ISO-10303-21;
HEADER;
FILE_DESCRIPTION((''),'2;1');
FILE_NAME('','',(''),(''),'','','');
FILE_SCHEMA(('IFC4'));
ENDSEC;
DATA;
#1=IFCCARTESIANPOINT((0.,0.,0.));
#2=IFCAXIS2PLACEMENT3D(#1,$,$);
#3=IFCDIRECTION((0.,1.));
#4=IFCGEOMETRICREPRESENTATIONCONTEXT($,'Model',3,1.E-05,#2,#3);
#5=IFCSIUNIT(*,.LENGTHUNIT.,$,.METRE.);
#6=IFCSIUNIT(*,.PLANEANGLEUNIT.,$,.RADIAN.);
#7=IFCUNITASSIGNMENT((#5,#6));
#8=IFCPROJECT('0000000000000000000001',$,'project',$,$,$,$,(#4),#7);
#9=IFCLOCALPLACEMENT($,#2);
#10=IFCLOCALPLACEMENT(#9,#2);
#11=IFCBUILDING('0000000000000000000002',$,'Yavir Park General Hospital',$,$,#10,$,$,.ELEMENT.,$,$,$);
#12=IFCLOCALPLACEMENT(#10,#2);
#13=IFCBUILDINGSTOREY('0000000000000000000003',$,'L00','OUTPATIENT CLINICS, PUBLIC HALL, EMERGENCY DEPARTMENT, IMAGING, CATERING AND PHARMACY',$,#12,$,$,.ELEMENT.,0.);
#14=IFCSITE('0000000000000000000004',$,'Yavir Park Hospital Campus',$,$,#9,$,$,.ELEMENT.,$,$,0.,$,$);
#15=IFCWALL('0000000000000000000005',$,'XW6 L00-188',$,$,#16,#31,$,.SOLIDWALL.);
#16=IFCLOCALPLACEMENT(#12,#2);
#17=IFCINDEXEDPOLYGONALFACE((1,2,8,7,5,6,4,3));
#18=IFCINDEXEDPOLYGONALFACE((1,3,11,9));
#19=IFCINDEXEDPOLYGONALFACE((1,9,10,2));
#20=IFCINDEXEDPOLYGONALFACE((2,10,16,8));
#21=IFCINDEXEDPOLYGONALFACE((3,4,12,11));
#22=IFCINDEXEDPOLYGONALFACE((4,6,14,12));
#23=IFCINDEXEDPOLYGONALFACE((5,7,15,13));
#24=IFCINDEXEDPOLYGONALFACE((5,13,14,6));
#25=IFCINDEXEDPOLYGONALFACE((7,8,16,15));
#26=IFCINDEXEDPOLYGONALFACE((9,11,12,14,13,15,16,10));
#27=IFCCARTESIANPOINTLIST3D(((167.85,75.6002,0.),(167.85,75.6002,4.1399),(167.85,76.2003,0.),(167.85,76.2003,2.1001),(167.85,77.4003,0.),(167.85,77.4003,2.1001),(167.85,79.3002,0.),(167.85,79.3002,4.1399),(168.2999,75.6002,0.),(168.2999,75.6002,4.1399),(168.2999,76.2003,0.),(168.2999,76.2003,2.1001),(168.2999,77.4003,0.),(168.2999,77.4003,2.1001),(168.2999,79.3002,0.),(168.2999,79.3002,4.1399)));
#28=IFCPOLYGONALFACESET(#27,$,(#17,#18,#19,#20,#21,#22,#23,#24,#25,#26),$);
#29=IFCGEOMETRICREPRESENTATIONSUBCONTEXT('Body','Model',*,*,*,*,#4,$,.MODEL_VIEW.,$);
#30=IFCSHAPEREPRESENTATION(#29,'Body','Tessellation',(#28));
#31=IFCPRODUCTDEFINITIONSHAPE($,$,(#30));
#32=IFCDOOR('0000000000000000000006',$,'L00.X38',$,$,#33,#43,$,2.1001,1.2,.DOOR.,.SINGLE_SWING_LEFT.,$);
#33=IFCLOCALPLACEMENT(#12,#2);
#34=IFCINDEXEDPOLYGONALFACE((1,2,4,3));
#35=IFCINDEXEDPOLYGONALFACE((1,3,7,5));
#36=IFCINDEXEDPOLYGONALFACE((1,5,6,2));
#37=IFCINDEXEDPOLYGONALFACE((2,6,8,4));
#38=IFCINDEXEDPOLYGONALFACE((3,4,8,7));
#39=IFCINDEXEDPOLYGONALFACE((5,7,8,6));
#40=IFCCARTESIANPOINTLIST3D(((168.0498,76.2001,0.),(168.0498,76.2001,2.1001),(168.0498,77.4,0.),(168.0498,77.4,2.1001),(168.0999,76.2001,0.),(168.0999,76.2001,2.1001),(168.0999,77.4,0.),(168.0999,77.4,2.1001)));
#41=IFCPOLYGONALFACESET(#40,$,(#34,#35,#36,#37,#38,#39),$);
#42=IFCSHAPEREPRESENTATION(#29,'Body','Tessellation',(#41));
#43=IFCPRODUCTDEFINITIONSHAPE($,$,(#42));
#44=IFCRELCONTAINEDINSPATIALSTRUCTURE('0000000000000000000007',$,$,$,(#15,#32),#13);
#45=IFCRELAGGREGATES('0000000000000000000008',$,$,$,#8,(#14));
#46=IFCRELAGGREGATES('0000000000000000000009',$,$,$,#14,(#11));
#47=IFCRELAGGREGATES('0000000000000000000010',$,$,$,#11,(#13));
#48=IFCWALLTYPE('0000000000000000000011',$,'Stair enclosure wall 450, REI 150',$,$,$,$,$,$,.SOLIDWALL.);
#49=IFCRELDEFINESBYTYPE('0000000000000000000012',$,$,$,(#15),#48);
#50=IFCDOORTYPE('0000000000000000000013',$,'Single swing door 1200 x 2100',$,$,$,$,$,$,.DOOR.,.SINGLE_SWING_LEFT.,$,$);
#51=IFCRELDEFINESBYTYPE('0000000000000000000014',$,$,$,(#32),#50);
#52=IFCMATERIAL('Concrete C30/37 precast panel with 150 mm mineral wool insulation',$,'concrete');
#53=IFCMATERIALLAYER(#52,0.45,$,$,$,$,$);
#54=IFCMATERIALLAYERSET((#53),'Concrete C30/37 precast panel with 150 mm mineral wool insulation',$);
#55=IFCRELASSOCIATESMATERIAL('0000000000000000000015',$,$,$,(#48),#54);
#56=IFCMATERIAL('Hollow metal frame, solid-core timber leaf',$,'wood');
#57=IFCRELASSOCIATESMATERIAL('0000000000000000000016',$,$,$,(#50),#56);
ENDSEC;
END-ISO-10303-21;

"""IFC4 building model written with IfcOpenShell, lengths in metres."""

from ifc_helpers import new_model, si_unit, direction, frame, frame_2d, origin, place, context, subcontext, project, spatial, rectangle, extrude, material, layer, layer_set, type_object, element, fill, save


model = new_model("IFC4")

# Units and contexts
model_context = context("Model", 3, precision=1e-05, world=origin(), true_north=direction((0.0, 1.0)))
body_context = subcontext(model_context, "Body", "Model", "MODEL_VIEW")
ifc_project = project(units=[si_unit("LENGTHUNIT", "METRE"), si_unit("PLANEANGLEUNIT", "RADIAN")], contexts=[model_context])

# Site, building, storey
site_placement = place(None, origin())
site = spatial("IfcSite", under=ifc_project, at=site_placement, Name="Yavir Park Hospital Campus", CompositionType="ELEMENT", RefElevation=0.0)
building_placement = place(site_placement, origin())
building = spatial("IfcBuilding", under=site, at=building_placement, Name="Yavir Park General Hospital", CompositionType="ELEMENT")
storey_placement = place(building_placement, origin())
storey = spatial("IfcBuildingStorey", under=building, at=storey_placement, Name="L00", Description="OUTPATIENT CLINICS, PUBLIC HALL, EMERGENCY DEPARTMENT, IMAGING, CATERING AND PHARMACY", CompositionType="ELEMENT", Elevation=0.0)

# Wall, opening, door
ifc_material_1 = material(Name="Concrete C30/37 precast panel with 150 mm mineral wool insulation", Category="concrete")
ifc_layer_1 = layer(ifc_material_1, 0.45)
ifc_layer_set_1 = layer_set([ifc_layer_1], Name="Concrete C30/37 precast panel with 150 mm mineral wool insulation")
wall_type = type_object("IfcWallType", Name="Stair enclosure wall 450, REI 150", PredefinedType="SOLIDWALL", material=ifc_layer_set_1)
wall_placement = place(storey_placement, frame((168.075, 75.6001, 0.0), z_axis=(0.0, 0.0, 1.0), x_axis=(0.0, 1.0, 0.0)))
wall = element("IfcWall", 1, at=wall_placement, inside=storey, type_object=wall_type, Name="XW6 L00-188", PredefinedType="SOLIDWALL", context=body_context, shape_type="SweptSolid", body=[
    extrude(rectangle(XDim=3.7, YDim=0.45, at=frame_2d((1.8501, 0.0))), origin(), (0.0, 0.0, 1.0), 4.1399),
])
opening_placement = place(wall_placement, frame((0.6001, 0.0, 0.0)))
opening = element("IfcOpeningElement", 2, at=opening_placement, cuts=wall, PredefinedType="OPENING", context=body_context, shape_type="SweptSolid", body=[
    extrude(rectangle(XDim=1.2, YDim=2.1001, at=frame_2d((0.6001, 1.05))), frame((0.0, 0.2349, 0.0), z_axis=(0.0, -1.0, 0.0), x_axis=(1.0, 0.0, 0.0)), (0.0, 0.0, 1.0), 0.47),
])
ifc_material_2 = material(Name="Hollow metal frame, solid-core timber leaf", Category="wood")
door_type = type_object("IfcDoorType", Name="Single swing door 1200 x 2100", OperationType="SINGLE_SWING_LEFT", PredefinedType="DOOR", material=ifc_material_2)
door_placement = place(opening_placement, frame((1.2, 0.0, 0.0), x_axis=(-1.0, 0.0, 0.0)))
door = element("IfcDoor", 3, at=door_placement, inside=storey, type_object=door_type, Name="L00.X38", OperationType="SINGLE_SWING_LEFT", OverallHeight=2.1001, OverallWidth=1.2, PredefinedType="DOOR", context=body_context, shape_type="SweptSolid", body=[
    extrude(rectangle(XDim=1.2, YDim=2.1001, at=frame_2d((0.6001, 1.05))), frame((0.0, 0.0249, 0.0), z_axis=(0.0, -1.0, 0.0), x_axis=(1.0, 0.0, 0.0)), (0.0, 0.0, 1.0), 0.05),
])
fill(opening, door)

save(model, "model.ifc")
